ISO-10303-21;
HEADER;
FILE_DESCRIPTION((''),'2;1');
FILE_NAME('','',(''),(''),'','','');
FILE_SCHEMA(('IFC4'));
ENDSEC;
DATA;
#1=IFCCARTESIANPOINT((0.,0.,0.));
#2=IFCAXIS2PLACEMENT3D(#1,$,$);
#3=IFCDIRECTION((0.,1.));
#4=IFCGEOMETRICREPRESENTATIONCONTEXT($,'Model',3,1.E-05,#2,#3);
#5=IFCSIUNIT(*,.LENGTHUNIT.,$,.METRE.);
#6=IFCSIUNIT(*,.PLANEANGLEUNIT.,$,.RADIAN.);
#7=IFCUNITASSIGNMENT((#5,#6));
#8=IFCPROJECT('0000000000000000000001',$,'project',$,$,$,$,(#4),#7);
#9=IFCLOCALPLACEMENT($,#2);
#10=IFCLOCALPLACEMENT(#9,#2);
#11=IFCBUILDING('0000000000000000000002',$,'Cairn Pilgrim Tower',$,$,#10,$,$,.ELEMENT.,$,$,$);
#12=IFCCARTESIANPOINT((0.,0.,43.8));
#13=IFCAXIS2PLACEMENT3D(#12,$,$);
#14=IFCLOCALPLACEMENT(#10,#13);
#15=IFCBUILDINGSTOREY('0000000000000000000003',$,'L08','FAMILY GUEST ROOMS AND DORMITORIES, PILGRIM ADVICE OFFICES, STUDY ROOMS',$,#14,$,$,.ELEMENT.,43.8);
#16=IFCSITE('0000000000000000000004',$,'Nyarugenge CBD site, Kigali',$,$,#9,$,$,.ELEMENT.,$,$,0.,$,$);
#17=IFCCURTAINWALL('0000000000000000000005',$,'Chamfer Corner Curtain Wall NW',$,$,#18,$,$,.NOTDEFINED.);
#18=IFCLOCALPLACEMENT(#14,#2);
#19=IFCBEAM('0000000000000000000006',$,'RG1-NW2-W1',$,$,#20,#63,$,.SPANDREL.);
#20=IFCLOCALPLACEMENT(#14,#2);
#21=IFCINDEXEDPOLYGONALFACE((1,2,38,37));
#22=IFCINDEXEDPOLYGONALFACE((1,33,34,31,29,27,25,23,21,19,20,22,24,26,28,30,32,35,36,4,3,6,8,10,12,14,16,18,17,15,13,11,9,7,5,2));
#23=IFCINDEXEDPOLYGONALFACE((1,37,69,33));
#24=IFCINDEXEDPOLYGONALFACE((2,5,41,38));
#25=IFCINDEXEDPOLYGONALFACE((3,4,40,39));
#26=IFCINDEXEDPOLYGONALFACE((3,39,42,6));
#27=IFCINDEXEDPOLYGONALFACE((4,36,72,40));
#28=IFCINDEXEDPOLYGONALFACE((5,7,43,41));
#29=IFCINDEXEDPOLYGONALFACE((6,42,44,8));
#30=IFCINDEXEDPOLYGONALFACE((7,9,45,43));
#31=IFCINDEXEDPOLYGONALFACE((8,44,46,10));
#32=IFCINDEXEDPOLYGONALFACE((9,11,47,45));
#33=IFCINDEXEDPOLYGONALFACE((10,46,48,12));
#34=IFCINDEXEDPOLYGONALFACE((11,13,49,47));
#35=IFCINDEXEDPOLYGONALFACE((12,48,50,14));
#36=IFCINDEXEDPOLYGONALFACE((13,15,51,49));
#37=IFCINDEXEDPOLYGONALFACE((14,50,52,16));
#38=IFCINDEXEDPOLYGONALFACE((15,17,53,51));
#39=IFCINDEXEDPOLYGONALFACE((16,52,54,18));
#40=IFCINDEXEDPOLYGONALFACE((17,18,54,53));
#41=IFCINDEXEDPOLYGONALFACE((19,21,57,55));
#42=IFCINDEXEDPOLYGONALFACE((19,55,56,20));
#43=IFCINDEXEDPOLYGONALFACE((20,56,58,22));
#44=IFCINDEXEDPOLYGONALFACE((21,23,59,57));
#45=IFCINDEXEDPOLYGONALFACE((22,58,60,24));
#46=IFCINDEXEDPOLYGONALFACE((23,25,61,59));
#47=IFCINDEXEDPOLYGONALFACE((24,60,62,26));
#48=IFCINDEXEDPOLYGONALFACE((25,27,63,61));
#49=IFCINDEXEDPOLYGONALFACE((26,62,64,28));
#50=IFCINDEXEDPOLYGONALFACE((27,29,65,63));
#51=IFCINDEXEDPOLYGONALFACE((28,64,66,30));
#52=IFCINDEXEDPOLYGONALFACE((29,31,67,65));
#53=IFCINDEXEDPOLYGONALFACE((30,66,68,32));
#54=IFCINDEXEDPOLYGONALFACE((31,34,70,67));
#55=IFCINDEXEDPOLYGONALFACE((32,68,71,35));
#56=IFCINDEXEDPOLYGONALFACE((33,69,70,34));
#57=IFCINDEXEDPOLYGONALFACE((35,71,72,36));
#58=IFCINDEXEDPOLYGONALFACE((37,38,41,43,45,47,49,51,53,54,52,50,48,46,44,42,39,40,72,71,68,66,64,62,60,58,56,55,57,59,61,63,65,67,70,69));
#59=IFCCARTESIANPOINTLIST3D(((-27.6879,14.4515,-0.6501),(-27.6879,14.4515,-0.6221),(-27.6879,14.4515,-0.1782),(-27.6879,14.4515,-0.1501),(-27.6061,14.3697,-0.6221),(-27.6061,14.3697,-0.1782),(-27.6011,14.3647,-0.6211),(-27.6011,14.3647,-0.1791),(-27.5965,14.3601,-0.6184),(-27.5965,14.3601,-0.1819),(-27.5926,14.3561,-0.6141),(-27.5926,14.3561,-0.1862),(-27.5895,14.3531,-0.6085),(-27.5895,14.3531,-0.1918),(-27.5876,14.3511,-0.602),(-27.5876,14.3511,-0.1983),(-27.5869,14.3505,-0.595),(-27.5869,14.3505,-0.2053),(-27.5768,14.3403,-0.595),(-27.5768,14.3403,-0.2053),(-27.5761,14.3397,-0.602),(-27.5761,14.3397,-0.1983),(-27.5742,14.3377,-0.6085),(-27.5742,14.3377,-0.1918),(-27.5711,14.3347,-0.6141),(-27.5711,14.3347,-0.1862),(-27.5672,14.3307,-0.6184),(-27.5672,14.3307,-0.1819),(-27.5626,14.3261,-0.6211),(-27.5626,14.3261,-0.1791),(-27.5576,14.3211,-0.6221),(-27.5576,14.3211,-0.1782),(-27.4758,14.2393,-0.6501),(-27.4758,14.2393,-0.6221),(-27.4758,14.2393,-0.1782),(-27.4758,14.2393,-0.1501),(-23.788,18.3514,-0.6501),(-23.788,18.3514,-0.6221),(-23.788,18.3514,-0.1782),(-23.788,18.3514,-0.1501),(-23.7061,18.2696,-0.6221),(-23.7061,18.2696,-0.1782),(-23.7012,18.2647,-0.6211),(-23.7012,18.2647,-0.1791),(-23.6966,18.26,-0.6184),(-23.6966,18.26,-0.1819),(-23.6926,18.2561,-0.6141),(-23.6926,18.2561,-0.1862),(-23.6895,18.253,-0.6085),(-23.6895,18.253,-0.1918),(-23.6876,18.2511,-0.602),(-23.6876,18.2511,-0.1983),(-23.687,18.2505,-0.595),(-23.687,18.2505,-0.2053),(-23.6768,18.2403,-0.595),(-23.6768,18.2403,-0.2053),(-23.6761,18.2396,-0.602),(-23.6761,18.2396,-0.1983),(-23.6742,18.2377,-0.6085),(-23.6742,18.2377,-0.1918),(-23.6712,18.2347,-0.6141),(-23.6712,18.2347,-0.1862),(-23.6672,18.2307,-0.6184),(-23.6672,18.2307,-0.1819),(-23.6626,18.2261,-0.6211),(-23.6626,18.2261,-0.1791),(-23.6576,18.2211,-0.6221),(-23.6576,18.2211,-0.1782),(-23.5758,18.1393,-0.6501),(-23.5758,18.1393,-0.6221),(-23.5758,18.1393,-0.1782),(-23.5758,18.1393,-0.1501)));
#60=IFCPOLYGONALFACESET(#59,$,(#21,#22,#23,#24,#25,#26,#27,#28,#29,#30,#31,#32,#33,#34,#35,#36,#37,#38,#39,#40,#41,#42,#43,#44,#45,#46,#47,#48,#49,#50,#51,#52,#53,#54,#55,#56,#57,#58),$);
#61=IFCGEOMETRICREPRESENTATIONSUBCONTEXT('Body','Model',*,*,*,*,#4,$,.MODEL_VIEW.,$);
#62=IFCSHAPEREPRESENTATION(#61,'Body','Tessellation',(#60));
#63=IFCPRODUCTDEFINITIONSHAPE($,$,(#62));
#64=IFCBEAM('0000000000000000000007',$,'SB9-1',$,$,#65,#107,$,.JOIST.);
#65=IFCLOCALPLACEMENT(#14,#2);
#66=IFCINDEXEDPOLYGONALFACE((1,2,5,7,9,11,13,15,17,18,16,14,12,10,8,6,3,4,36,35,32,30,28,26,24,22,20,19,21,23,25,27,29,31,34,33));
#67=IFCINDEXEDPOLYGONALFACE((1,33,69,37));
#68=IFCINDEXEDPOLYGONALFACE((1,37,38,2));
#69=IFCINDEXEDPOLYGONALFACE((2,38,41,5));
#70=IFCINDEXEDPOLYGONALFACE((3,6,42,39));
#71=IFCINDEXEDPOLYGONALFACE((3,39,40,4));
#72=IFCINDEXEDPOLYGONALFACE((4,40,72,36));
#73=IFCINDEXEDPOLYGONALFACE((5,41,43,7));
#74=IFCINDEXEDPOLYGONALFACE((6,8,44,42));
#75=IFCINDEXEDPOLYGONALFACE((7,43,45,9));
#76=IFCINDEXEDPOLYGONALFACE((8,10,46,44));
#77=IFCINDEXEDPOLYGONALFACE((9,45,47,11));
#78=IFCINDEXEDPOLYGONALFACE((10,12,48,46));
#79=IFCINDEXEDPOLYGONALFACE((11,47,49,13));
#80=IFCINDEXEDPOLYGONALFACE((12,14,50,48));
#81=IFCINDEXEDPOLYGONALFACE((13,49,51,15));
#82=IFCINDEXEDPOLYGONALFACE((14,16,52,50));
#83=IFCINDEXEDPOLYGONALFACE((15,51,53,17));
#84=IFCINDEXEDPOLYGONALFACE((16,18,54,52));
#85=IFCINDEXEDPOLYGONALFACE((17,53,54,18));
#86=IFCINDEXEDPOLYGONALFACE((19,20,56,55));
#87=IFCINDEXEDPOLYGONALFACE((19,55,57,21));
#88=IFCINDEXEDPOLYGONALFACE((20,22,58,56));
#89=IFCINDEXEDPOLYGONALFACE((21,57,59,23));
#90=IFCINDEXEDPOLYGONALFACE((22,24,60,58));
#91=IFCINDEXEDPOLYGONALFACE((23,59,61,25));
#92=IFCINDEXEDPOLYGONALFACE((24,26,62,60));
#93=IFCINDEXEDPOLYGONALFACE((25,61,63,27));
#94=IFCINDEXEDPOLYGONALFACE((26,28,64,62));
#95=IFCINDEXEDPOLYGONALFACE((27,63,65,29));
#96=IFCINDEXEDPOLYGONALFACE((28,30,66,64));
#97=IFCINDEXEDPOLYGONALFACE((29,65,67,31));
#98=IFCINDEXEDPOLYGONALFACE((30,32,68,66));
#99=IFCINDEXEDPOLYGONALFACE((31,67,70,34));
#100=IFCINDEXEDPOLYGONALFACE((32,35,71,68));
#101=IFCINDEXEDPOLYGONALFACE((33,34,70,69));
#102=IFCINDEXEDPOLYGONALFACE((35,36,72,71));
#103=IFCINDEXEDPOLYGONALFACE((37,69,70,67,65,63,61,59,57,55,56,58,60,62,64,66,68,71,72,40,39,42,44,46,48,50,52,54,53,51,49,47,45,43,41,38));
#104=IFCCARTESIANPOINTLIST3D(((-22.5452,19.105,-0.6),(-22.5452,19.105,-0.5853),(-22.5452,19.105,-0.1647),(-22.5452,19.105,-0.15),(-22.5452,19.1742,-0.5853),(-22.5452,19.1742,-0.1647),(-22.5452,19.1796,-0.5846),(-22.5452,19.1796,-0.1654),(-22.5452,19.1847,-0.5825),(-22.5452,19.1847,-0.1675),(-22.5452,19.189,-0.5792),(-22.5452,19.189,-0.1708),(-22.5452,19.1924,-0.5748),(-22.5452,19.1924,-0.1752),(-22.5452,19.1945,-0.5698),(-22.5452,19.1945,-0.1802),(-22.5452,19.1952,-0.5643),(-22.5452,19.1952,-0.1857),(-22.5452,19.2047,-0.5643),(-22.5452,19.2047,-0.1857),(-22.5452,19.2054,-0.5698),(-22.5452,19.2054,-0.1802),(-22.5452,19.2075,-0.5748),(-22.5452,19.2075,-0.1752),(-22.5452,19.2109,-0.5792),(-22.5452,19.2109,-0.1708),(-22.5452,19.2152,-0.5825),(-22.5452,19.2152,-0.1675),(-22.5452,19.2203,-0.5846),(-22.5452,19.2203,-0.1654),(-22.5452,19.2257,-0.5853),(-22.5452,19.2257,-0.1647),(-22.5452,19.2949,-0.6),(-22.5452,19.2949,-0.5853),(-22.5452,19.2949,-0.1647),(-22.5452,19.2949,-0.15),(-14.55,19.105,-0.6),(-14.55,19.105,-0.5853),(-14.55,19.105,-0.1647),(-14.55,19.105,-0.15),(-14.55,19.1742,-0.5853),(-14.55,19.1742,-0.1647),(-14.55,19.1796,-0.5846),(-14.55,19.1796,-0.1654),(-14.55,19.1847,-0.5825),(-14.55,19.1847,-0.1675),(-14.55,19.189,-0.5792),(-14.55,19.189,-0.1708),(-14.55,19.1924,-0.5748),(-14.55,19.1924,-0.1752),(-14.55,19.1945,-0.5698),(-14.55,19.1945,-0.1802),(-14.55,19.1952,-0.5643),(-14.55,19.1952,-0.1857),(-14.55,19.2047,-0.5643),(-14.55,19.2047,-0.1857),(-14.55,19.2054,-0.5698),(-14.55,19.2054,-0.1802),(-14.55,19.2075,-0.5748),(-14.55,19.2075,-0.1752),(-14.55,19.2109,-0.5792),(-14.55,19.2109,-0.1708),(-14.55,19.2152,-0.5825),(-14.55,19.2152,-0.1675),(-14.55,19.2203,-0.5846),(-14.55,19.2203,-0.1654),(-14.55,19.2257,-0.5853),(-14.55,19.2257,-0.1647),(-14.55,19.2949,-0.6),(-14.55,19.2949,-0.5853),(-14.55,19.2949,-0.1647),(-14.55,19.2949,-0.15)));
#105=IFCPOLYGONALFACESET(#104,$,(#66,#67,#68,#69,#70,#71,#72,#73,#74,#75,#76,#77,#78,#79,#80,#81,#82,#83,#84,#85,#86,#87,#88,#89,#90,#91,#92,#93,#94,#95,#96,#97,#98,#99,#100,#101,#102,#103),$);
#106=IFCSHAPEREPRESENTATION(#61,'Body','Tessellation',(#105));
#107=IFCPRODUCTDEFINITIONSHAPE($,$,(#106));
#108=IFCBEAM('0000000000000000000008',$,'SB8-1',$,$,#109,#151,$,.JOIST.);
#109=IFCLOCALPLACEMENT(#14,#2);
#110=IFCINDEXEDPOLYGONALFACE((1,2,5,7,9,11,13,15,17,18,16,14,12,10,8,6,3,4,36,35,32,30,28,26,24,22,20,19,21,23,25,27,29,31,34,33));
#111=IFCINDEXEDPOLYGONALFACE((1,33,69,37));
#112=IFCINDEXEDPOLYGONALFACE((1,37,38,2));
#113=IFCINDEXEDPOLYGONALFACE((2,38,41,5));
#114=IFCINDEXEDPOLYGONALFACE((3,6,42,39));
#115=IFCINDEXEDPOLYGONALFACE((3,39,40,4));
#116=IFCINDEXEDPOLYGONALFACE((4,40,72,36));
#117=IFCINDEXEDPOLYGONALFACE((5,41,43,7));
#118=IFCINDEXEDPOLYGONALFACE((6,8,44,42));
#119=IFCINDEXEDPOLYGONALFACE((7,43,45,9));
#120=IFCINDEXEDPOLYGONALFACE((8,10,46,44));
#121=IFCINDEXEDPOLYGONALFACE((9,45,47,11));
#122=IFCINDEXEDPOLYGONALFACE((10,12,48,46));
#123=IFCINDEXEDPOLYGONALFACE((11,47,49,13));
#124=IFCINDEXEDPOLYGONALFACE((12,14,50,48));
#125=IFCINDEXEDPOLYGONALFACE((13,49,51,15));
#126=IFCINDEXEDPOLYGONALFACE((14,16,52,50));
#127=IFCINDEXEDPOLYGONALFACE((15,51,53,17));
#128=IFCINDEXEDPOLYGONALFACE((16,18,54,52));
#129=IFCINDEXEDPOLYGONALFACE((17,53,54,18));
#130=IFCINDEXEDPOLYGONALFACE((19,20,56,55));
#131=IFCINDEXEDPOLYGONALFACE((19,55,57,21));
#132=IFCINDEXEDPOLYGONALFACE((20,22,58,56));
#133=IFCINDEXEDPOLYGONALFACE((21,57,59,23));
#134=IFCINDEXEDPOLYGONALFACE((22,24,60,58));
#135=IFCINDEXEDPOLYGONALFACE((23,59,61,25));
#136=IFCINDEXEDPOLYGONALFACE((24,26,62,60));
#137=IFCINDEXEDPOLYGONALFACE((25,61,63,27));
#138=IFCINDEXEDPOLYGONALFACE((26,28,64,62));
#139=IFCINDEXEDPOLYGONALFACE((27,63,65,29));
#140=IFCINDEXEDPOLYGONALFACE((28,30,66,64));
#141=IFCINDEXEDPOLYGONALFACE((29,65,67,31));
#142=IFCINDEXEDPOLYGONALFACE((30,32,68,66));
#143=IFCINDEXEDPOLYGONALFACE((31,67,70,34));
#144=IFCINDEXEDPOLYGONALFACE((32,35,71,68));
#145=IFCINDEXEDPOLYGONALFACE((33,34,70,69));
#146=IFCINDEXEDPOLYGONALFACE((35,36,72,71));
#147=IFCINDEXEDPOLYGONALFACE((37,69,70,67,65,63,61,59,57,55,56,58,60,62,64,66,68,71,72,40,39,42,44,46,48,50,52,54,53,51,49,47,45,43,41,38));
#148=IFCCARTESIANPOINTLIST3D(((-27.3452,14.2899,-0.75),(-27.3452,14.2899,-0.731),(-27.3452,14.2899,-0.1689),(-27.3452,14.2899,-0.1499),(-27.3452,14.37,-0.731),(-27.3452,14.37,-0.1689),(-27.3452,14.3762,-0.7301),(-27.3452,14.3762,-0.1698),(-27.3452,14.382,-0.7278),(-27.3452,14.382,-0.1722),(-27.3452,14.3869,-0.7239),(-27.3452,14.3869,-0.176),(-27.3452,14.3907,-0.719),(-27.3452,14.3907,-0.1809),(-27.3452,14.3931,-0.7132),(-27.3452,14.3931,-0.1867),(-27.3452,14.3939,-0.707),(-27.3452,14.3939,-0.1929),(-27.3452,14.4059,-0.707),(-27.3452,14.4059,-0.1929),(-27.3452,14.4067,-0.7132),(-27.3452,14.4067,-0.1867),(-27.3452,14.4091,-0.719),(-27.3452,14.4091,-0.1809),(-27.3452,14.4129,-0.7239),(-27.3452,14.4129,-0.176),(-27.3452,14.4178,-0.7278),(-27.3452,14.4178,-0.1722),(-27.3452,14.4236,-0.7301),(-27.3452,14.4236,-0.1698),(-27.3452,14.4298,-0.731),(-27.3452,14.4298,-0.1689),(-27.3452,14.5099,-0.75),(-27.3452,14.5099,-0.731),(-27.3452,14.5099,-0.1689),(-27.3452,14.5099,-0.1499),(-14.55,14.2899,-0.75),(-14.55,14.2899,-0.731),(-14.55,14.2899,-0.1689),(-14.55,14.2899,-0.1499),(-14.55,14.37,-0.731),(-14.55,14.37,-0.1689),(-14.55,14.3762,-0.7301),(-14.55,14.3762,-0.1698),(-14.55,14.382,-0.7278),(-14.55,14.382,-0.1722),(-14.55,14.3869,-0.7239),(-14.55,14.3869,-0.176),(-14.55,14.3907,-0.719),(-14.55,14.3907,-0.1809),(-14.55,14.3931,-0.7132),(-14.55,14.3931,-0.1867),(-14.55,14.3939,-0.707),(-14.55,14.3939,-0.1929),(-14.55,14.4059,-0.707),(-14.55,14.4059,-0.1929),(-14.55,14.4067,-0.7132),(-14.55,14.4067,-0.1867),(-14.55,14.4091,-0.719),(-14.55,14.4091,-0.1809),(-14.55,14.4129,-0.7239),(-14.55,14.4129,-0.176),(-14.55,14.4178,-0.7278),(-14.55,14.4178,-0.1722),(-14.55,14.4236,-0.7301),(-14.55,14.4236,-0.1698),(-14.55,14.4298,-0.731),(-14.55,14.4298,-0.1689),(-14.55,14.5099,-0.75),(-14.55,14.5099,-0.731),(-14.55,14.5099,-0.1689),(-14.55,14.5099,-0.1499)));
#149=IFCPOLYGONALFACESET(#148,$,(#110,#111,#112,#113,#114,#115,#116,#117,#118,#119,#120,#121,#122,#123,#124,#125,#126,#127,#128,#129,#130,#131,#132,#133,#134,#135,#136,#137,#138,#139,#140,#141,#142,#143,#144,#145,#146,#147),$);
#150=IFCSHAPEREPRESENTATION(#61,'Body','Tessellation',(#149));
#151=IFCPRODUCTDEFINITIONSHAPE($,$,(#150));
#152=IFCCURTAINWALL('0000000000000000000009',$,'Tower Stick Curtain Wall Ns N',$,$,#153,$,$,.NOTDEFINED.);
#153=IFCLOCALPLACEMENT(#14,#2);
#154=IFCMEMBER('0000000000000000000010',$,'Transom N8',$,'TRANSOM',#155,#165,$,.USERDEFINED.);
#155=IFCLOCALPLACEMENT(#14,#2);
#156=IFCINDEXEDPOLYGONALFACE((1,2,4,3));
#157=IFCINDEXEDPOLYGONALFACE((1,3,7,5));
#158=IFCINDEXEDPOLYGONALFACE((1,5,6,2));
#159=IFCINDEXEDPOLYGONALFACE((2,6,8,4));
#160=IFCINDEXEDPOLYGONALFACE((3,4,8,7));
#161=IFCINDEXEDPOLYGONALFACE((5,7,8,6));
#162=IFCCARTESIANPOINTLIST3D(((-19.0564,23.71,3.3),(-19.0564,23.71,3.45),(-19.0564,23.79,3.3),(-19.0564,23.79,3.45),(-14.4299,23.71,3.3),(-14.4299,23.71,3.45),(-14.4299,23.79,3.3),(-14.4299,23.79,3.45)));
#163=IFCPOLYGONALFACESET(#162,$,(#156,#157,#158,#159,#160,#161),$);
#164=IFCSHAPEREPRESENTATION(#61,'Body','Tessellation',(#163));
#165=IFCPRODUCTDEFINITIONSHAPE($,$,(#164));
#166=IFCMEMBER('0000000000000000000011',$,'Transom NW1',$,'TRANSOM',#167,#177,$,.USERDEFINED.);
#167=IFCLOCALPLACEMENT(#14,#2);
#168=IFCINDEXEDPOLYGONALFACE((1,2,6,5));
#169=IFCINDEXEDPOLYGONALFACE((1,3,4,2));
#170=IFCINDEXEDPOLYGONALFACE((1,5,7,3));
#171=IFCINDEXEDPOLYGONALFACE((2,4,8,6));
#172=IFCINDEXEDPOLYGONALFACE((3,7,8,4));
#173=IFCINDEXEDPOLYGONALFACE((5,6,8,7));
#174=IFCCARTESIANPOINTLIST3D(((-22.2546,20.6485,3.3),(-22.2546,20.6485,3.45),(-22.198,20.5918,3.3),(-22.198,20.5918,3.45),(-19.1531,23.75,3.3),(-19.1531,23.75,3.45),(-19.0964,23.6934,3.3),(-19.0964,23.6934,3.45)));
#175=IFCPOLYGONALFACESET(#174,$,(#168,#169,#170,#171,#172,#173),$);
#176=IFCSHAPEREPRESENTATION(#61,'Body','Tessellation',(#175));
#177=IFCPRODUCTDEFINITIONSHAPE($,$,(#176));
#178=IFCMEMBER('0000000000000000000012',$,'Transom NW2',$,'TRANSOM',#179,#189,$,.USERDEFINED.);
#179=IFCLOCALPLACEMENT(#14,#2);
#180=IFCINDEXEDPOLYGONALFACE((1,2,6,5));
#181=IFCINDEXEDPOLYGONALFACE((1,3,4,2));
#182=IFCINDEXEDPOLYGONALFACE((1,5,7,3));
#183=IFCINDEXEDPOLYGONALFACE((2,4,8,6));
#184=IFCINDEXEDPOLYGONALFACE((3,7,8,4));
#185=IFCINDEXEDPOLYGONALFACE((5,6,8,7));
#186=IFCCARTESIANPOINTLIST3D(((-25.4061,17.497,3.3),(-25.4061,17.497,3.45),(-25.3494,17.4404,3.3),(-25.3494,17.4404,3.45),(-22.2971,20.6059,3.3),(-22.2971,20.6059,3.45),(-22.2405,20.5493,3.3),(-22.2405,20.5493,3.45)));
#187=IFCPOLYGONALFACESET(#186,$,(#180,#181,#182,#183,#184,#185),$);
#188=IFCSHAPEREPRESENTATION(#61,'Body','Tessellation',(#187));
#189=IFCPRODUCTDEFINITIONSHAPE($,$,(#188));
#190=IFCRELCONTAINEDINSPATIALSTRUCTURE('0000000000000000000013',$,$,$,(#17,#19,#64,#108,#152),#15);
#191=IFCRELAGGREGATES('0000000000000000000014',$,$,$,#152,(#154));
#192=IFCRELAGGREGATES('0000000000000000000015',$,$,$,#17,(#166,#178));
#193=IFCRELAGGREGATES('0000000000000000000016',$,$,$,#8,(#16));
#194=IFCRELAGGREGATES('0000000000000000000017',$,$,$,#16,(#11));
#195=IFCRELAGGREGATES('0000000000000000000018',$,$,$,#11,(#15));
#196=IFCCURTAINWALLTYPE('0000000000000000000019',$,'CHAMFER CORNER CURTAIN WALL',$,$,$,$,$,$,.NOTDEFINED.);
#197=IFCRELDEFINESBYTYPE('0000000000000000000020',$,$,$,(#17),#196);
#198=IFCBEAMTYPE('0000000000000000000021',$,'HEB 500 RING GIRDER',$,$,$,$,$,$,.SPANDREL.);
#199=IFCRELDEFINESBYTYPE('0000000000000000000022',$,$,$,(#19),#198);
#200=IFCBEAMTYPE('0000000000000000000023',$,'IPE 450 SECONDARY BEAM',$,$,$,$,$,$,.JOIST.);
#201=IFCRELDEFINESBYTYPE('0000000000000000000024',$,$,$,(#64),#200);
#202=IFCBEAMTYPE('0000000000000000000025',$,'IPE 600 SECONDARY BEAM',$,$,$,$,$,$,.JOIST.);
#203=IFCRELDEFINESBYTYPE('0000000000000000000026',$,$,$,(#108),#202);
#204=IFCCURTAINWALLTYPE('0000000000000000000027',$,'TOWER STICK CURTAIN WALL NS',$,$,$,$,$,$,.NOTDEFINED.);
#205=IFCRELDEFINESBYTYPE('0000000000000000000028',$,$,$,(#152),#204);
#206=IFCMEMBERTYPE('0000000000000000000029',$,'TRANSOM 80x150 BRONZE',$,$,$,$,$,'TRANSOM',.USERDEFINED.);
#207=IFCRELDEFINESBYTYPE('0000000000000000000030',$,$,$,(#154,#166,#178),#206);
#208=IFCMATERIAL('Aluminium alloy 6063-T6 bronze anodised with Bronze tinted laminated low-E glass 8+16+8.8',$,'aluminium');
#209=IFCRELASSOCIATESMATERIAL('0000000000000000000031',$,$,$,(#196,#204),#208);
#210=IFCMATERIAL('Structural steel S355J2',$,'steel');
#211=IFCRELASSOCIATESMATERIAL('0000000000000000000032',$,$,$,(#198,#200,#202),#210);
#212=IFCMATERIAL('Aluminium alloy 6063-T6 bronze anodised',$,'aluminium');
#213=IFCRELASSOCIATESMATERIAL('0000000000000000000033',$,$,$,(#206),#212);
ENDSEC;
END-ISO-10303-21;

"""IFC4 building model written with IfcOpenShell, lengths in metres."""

from ifc_helpers import new_model, si_unit, direction, frame, origin, origin_2d, place, context, subcontext, project, spatial, rectangle, i_section, extrude, material, material_profile, profile_set, type_object, element, aggregate, save


model = new_model("IFC4")

# Units and contexts
model_context = context("Model", 3, precision=1e-05, world=origin(), true_north=direction((0.0, 1.0)))
body_context = subcontext(model_context, "Body", "Model", "MODEL_VIEW")
ifc_project = project(units=[si_unit("LENGTHUNIT", "METRE"), si_unit("PLANEANGLEUNIT", "RADIAN")], contexts=[model_context])

# Site, building, storey
site_placement = place(None, origin())
site = spatial("IfcSite", under=ifc_project, at=site_placement, Name="Nyarugenge CBD site, Kigali", CompositionType="ELEMENT", RefElevation=0.0)
building_placement = place(site_placement, origin())
building = spatial("IfcBuilding", under=site, at=building_placement, Name="Cairn Pilgrim Tower", CompositionType="ELEMENT")
storey_placement = place(building_placement, frame((0.0, 0.0, 43.8)))
storey = spatial("IfcBuildingStorey", under=building, at=storey_placement, Name="L08", Description="FAMILY GUEST ROOMS AND DORMITORIES, PILGRIM ADVICE OFFICES, STUDY ROOMS", CompositionType="ELEMENT", Elevation=43.8)

# Shared definitions
ifc_material_1 = material(Name="Structural steel S355J2", Category="steel")

# Curtain wall
ifc_material_2 = material(Name="Aluminium alloy 6063-T6 bronze anodised with Bronze tinted laminated low-E glass 8+16+8.8", Category="aluminium")
curtain_wall_type_1 = type_object("IfcCurtainWallType", Name="CHAMFER CORNER CURTAIN WALL", PredefinedType="NOTDEFINED", material=ifc_material_2)
curtain_wall_1_placement = place(storey_placement, origin())
curtain_wall_1 = element("IfcCurtainWall", 1, at=curtain_wall_1_placement, inside=storey, type_object=curtain_wall_type_1, Name="Chamfer Corner Curtain Wall NW", PredefinedType="NOTDEFINED")
ifc_material_3 = material(Name="Aluminium alloy 6063-T6 bronze anodised", Category="aluminium")

# Beams
ifc_material_profile_1 = material_profile(ifc_material_1, i_section(OverallWidth=0.3, OverallDepth=0.5, WebThickness=0.0144, FlangeThickness=0.0281, FilletRadius=0.0271, at=origin_2d()), Name="HEB 500")
ifc_profile_set_1 = profile_set([ifc_material_profile_1], Name="Structural steel S355J2")
beam_type_1 = type_object("IfcBeamType", Name="HEB 500 RING GIRDER", PredefinedType="SPANDREL", material=ifc_profile_set_1)
beam_1_placement = place(storey_placement, frame((-23.6819, 18.2454, -0.4001), z_axis=(-0.707107, -0.707107, 0.0), x_axis=(0.707107, -0.707107, 0.0)))
element("IfcBeam", 2, at=beam_1_placement, inside=storey, type_object=beam_type_1, Name="RG1-NW2-W1", PredefinedType="SPANDREL", context=body_context, shape_type="SweptSolid", body=[
    extrude(i_section(OverallWidth=0.3, OverallDepth=0.5, WebThickness=0.0144, FlangeThickness=0.0281, FilletRadius=0.0271, at=origin_2d()), origin(), (0.0, 0.0, 1.0), 5.5154),
])
ifc_material_profile_2 = material_profile(ifc_material_1, i_section(OverallWidth=0.1899, OverallDepth=0.45, WebThickness=0.0095, FlangeThickness=0.0146, FilletRadius=0.021, at=origin_2d()), Name="IPE 450")
ifc_profile_set_2 = profile_set([ifc_material_profile_2], Name="Structural steel S355J2")
beam_type_2 = type_object("IfcBeamType", Name="IPE 450 SECONDARY BEAM", PredefinedType="JOIST", material=ifc_profile_set_2)
beam_2_placement = place(storey_placement, frame((-22.5452, 19.2, -0.375), z_axis=(1.0, 0.0, 0.0), x_axis=(0.0, 1.0, 0.0)))
element("IfcBeam", 3, at=beam_2_placement, inside=storey, type_object=beam_type_2, Name="SB9-1", PredefinedType="JOIST", context=body_context, shape_type="SweptSolid", body=[
    extrude(i_section(OverallWidth=0.1899, OverallDepth=0.45, WebThickness=0.0095, FlangeThickness=0.0146, FilletRadius=0.021, at=origin_2d()), origin(), (0.0, 0.0, 1.0), 7.9951),
])
ifc_material_profile_3 = material_profile(ifc_material_1, i_section(OverallWidth=0.22, OverallDepth=0.6001, WebThickness=0.012, FlangeThickness=0.019, FilletRadius=0.0239, at=origin_2d()), Name="IPE 600")
ifc_profile_set_3 = profile_set([ifc_material_profile_3], Name="Structural steel S355J2")
beam_type_3 = type_object("IfcBeamType", Name="IPE 600 SECONDARY BEAM", PredefinedType="JOIST", material=ifc_profile_set_3)
beam_3_placement = place(storey_placement, frame((-27.3452, 14.3999, -0.45), z_axis=(1.0, 0.0, 0.0), x_axis=(0.0, 1.0, 0.0)))
element("IfcBeam", 4, at=beam_3_placement, inside=storey, type_object=beam_type_3, Name="SB8-1", PredefinedType="JOIST", context=body_context, shape_type="SweptSolid", body=[
    extrude(i_section(OverallWidth=0.22, OverallDepth=0.6001, WebThickness=0.012, FlangeThickness=0.019, FilletRadius=0.0239, at=origin_2d()), origin(), (0.0, 0.0, 1.0), 12.7952),
])

# Curtain wall, member
curtain_wall_type_2 = type_object("IfcCurtainWallType", Name="TOWER STICK CURTAIN WALL NS", PredefinedType="NOTDEFINED", material=ifc_material_2)
curtain_wall_2_placement = place(storey_placement, origin())
curtain_wall_2 = element("IfcCurtainWall", 5, at=curtain_wall_2_placement, inside=storey, type_object=curtain_wall_type_2, Name="Tower Stick Curtain Wall Ns N", PredefinedType="NOTDEFINED")
ifc_material_profile_4 = material_profile(ifc_material_3, rectangle(XDim=0.0801, YDim=0.1499, at=origin_2d()), Name="TRANSOM 80x150 BRONZE")
ifc_profile_set_4 = profile_set([ifc_material_profile_4], Name="Aluminium alloy 6063-T6 bronze anodised")
member_type_1 = type_object("IfcMemberType", Name="TRANSOM 80x150 BRONZE", ElementType="TRANSOM", PredefinedType="USERDEFINED", material=ifc_profile_set_4)
member_1_placement = place(storey_placement, frame((-14.4299, 23.75, 3.375), z_axis=(-1.0, 0.0, 0.0), x_axis=(0.0, -1.0, 0.0)))
member_1 = element("IfcMember", 6, at=member_1_placement, type_object=member_type_1, Name="Transom N8", ObjectType="TRANSOM", PredefinedType="USERDEFINED", context=body_context, shape_type="SweptSolid", body=[
    extrude(rectangle(XDim=0.0801, YDim=0.1499, at=origin_2d()), origin(), (0.0, 0.0, 1.0), 4.6265),
])

# Members
member_2_placement = place(storey_placement, frame((-19.1248, 23.7217, 3.375), z_axis=(-0.707107, -0.707107, 0.0), x_axis=(0.707107, -0.707107, 0.0)))
member_2 = element("IfcMember", 7, at=member_2_placement, type_object=member_type_1, Name="Transom NW1", ObjectType="TRANSOM", PredefinedType="USERDEFINED", context=body_context, shape_type="SweptSolid", body=[
    extrude(rectangle(XDim=0.0801, YDim=0.1499, at=origin_2d()), origin(), (0.0, 0.0, 1.0), 4.3862),
])
member_3_placement = place(storey_placement, frame((-22.2688, 20.5776, 3.375), z_axis=(-0.707107, -0.707107, 0.0), x_axis=(0.707107, -0.707107, 0.0)))
member_3 = element("IfcMember", 8, at=member_3_placement, type_object=member_type_1, Name="Transom NW2", ObjectType="TRANSOM", PredefinedType="USERDEFINED", context=body_context, shape_type="SweptSolid", body=[
    extrude(rectangle(XDim=0.0801, YDim=0.1499, at=origin_2d()), origin(), (0.0, 0.0, 1.0), 4.3967),
])

aggregate(curtain_wall_2, [member_1])
aggregate(curtain_wall_1, [member_2, member_3])

save(model, "model.ifc")
